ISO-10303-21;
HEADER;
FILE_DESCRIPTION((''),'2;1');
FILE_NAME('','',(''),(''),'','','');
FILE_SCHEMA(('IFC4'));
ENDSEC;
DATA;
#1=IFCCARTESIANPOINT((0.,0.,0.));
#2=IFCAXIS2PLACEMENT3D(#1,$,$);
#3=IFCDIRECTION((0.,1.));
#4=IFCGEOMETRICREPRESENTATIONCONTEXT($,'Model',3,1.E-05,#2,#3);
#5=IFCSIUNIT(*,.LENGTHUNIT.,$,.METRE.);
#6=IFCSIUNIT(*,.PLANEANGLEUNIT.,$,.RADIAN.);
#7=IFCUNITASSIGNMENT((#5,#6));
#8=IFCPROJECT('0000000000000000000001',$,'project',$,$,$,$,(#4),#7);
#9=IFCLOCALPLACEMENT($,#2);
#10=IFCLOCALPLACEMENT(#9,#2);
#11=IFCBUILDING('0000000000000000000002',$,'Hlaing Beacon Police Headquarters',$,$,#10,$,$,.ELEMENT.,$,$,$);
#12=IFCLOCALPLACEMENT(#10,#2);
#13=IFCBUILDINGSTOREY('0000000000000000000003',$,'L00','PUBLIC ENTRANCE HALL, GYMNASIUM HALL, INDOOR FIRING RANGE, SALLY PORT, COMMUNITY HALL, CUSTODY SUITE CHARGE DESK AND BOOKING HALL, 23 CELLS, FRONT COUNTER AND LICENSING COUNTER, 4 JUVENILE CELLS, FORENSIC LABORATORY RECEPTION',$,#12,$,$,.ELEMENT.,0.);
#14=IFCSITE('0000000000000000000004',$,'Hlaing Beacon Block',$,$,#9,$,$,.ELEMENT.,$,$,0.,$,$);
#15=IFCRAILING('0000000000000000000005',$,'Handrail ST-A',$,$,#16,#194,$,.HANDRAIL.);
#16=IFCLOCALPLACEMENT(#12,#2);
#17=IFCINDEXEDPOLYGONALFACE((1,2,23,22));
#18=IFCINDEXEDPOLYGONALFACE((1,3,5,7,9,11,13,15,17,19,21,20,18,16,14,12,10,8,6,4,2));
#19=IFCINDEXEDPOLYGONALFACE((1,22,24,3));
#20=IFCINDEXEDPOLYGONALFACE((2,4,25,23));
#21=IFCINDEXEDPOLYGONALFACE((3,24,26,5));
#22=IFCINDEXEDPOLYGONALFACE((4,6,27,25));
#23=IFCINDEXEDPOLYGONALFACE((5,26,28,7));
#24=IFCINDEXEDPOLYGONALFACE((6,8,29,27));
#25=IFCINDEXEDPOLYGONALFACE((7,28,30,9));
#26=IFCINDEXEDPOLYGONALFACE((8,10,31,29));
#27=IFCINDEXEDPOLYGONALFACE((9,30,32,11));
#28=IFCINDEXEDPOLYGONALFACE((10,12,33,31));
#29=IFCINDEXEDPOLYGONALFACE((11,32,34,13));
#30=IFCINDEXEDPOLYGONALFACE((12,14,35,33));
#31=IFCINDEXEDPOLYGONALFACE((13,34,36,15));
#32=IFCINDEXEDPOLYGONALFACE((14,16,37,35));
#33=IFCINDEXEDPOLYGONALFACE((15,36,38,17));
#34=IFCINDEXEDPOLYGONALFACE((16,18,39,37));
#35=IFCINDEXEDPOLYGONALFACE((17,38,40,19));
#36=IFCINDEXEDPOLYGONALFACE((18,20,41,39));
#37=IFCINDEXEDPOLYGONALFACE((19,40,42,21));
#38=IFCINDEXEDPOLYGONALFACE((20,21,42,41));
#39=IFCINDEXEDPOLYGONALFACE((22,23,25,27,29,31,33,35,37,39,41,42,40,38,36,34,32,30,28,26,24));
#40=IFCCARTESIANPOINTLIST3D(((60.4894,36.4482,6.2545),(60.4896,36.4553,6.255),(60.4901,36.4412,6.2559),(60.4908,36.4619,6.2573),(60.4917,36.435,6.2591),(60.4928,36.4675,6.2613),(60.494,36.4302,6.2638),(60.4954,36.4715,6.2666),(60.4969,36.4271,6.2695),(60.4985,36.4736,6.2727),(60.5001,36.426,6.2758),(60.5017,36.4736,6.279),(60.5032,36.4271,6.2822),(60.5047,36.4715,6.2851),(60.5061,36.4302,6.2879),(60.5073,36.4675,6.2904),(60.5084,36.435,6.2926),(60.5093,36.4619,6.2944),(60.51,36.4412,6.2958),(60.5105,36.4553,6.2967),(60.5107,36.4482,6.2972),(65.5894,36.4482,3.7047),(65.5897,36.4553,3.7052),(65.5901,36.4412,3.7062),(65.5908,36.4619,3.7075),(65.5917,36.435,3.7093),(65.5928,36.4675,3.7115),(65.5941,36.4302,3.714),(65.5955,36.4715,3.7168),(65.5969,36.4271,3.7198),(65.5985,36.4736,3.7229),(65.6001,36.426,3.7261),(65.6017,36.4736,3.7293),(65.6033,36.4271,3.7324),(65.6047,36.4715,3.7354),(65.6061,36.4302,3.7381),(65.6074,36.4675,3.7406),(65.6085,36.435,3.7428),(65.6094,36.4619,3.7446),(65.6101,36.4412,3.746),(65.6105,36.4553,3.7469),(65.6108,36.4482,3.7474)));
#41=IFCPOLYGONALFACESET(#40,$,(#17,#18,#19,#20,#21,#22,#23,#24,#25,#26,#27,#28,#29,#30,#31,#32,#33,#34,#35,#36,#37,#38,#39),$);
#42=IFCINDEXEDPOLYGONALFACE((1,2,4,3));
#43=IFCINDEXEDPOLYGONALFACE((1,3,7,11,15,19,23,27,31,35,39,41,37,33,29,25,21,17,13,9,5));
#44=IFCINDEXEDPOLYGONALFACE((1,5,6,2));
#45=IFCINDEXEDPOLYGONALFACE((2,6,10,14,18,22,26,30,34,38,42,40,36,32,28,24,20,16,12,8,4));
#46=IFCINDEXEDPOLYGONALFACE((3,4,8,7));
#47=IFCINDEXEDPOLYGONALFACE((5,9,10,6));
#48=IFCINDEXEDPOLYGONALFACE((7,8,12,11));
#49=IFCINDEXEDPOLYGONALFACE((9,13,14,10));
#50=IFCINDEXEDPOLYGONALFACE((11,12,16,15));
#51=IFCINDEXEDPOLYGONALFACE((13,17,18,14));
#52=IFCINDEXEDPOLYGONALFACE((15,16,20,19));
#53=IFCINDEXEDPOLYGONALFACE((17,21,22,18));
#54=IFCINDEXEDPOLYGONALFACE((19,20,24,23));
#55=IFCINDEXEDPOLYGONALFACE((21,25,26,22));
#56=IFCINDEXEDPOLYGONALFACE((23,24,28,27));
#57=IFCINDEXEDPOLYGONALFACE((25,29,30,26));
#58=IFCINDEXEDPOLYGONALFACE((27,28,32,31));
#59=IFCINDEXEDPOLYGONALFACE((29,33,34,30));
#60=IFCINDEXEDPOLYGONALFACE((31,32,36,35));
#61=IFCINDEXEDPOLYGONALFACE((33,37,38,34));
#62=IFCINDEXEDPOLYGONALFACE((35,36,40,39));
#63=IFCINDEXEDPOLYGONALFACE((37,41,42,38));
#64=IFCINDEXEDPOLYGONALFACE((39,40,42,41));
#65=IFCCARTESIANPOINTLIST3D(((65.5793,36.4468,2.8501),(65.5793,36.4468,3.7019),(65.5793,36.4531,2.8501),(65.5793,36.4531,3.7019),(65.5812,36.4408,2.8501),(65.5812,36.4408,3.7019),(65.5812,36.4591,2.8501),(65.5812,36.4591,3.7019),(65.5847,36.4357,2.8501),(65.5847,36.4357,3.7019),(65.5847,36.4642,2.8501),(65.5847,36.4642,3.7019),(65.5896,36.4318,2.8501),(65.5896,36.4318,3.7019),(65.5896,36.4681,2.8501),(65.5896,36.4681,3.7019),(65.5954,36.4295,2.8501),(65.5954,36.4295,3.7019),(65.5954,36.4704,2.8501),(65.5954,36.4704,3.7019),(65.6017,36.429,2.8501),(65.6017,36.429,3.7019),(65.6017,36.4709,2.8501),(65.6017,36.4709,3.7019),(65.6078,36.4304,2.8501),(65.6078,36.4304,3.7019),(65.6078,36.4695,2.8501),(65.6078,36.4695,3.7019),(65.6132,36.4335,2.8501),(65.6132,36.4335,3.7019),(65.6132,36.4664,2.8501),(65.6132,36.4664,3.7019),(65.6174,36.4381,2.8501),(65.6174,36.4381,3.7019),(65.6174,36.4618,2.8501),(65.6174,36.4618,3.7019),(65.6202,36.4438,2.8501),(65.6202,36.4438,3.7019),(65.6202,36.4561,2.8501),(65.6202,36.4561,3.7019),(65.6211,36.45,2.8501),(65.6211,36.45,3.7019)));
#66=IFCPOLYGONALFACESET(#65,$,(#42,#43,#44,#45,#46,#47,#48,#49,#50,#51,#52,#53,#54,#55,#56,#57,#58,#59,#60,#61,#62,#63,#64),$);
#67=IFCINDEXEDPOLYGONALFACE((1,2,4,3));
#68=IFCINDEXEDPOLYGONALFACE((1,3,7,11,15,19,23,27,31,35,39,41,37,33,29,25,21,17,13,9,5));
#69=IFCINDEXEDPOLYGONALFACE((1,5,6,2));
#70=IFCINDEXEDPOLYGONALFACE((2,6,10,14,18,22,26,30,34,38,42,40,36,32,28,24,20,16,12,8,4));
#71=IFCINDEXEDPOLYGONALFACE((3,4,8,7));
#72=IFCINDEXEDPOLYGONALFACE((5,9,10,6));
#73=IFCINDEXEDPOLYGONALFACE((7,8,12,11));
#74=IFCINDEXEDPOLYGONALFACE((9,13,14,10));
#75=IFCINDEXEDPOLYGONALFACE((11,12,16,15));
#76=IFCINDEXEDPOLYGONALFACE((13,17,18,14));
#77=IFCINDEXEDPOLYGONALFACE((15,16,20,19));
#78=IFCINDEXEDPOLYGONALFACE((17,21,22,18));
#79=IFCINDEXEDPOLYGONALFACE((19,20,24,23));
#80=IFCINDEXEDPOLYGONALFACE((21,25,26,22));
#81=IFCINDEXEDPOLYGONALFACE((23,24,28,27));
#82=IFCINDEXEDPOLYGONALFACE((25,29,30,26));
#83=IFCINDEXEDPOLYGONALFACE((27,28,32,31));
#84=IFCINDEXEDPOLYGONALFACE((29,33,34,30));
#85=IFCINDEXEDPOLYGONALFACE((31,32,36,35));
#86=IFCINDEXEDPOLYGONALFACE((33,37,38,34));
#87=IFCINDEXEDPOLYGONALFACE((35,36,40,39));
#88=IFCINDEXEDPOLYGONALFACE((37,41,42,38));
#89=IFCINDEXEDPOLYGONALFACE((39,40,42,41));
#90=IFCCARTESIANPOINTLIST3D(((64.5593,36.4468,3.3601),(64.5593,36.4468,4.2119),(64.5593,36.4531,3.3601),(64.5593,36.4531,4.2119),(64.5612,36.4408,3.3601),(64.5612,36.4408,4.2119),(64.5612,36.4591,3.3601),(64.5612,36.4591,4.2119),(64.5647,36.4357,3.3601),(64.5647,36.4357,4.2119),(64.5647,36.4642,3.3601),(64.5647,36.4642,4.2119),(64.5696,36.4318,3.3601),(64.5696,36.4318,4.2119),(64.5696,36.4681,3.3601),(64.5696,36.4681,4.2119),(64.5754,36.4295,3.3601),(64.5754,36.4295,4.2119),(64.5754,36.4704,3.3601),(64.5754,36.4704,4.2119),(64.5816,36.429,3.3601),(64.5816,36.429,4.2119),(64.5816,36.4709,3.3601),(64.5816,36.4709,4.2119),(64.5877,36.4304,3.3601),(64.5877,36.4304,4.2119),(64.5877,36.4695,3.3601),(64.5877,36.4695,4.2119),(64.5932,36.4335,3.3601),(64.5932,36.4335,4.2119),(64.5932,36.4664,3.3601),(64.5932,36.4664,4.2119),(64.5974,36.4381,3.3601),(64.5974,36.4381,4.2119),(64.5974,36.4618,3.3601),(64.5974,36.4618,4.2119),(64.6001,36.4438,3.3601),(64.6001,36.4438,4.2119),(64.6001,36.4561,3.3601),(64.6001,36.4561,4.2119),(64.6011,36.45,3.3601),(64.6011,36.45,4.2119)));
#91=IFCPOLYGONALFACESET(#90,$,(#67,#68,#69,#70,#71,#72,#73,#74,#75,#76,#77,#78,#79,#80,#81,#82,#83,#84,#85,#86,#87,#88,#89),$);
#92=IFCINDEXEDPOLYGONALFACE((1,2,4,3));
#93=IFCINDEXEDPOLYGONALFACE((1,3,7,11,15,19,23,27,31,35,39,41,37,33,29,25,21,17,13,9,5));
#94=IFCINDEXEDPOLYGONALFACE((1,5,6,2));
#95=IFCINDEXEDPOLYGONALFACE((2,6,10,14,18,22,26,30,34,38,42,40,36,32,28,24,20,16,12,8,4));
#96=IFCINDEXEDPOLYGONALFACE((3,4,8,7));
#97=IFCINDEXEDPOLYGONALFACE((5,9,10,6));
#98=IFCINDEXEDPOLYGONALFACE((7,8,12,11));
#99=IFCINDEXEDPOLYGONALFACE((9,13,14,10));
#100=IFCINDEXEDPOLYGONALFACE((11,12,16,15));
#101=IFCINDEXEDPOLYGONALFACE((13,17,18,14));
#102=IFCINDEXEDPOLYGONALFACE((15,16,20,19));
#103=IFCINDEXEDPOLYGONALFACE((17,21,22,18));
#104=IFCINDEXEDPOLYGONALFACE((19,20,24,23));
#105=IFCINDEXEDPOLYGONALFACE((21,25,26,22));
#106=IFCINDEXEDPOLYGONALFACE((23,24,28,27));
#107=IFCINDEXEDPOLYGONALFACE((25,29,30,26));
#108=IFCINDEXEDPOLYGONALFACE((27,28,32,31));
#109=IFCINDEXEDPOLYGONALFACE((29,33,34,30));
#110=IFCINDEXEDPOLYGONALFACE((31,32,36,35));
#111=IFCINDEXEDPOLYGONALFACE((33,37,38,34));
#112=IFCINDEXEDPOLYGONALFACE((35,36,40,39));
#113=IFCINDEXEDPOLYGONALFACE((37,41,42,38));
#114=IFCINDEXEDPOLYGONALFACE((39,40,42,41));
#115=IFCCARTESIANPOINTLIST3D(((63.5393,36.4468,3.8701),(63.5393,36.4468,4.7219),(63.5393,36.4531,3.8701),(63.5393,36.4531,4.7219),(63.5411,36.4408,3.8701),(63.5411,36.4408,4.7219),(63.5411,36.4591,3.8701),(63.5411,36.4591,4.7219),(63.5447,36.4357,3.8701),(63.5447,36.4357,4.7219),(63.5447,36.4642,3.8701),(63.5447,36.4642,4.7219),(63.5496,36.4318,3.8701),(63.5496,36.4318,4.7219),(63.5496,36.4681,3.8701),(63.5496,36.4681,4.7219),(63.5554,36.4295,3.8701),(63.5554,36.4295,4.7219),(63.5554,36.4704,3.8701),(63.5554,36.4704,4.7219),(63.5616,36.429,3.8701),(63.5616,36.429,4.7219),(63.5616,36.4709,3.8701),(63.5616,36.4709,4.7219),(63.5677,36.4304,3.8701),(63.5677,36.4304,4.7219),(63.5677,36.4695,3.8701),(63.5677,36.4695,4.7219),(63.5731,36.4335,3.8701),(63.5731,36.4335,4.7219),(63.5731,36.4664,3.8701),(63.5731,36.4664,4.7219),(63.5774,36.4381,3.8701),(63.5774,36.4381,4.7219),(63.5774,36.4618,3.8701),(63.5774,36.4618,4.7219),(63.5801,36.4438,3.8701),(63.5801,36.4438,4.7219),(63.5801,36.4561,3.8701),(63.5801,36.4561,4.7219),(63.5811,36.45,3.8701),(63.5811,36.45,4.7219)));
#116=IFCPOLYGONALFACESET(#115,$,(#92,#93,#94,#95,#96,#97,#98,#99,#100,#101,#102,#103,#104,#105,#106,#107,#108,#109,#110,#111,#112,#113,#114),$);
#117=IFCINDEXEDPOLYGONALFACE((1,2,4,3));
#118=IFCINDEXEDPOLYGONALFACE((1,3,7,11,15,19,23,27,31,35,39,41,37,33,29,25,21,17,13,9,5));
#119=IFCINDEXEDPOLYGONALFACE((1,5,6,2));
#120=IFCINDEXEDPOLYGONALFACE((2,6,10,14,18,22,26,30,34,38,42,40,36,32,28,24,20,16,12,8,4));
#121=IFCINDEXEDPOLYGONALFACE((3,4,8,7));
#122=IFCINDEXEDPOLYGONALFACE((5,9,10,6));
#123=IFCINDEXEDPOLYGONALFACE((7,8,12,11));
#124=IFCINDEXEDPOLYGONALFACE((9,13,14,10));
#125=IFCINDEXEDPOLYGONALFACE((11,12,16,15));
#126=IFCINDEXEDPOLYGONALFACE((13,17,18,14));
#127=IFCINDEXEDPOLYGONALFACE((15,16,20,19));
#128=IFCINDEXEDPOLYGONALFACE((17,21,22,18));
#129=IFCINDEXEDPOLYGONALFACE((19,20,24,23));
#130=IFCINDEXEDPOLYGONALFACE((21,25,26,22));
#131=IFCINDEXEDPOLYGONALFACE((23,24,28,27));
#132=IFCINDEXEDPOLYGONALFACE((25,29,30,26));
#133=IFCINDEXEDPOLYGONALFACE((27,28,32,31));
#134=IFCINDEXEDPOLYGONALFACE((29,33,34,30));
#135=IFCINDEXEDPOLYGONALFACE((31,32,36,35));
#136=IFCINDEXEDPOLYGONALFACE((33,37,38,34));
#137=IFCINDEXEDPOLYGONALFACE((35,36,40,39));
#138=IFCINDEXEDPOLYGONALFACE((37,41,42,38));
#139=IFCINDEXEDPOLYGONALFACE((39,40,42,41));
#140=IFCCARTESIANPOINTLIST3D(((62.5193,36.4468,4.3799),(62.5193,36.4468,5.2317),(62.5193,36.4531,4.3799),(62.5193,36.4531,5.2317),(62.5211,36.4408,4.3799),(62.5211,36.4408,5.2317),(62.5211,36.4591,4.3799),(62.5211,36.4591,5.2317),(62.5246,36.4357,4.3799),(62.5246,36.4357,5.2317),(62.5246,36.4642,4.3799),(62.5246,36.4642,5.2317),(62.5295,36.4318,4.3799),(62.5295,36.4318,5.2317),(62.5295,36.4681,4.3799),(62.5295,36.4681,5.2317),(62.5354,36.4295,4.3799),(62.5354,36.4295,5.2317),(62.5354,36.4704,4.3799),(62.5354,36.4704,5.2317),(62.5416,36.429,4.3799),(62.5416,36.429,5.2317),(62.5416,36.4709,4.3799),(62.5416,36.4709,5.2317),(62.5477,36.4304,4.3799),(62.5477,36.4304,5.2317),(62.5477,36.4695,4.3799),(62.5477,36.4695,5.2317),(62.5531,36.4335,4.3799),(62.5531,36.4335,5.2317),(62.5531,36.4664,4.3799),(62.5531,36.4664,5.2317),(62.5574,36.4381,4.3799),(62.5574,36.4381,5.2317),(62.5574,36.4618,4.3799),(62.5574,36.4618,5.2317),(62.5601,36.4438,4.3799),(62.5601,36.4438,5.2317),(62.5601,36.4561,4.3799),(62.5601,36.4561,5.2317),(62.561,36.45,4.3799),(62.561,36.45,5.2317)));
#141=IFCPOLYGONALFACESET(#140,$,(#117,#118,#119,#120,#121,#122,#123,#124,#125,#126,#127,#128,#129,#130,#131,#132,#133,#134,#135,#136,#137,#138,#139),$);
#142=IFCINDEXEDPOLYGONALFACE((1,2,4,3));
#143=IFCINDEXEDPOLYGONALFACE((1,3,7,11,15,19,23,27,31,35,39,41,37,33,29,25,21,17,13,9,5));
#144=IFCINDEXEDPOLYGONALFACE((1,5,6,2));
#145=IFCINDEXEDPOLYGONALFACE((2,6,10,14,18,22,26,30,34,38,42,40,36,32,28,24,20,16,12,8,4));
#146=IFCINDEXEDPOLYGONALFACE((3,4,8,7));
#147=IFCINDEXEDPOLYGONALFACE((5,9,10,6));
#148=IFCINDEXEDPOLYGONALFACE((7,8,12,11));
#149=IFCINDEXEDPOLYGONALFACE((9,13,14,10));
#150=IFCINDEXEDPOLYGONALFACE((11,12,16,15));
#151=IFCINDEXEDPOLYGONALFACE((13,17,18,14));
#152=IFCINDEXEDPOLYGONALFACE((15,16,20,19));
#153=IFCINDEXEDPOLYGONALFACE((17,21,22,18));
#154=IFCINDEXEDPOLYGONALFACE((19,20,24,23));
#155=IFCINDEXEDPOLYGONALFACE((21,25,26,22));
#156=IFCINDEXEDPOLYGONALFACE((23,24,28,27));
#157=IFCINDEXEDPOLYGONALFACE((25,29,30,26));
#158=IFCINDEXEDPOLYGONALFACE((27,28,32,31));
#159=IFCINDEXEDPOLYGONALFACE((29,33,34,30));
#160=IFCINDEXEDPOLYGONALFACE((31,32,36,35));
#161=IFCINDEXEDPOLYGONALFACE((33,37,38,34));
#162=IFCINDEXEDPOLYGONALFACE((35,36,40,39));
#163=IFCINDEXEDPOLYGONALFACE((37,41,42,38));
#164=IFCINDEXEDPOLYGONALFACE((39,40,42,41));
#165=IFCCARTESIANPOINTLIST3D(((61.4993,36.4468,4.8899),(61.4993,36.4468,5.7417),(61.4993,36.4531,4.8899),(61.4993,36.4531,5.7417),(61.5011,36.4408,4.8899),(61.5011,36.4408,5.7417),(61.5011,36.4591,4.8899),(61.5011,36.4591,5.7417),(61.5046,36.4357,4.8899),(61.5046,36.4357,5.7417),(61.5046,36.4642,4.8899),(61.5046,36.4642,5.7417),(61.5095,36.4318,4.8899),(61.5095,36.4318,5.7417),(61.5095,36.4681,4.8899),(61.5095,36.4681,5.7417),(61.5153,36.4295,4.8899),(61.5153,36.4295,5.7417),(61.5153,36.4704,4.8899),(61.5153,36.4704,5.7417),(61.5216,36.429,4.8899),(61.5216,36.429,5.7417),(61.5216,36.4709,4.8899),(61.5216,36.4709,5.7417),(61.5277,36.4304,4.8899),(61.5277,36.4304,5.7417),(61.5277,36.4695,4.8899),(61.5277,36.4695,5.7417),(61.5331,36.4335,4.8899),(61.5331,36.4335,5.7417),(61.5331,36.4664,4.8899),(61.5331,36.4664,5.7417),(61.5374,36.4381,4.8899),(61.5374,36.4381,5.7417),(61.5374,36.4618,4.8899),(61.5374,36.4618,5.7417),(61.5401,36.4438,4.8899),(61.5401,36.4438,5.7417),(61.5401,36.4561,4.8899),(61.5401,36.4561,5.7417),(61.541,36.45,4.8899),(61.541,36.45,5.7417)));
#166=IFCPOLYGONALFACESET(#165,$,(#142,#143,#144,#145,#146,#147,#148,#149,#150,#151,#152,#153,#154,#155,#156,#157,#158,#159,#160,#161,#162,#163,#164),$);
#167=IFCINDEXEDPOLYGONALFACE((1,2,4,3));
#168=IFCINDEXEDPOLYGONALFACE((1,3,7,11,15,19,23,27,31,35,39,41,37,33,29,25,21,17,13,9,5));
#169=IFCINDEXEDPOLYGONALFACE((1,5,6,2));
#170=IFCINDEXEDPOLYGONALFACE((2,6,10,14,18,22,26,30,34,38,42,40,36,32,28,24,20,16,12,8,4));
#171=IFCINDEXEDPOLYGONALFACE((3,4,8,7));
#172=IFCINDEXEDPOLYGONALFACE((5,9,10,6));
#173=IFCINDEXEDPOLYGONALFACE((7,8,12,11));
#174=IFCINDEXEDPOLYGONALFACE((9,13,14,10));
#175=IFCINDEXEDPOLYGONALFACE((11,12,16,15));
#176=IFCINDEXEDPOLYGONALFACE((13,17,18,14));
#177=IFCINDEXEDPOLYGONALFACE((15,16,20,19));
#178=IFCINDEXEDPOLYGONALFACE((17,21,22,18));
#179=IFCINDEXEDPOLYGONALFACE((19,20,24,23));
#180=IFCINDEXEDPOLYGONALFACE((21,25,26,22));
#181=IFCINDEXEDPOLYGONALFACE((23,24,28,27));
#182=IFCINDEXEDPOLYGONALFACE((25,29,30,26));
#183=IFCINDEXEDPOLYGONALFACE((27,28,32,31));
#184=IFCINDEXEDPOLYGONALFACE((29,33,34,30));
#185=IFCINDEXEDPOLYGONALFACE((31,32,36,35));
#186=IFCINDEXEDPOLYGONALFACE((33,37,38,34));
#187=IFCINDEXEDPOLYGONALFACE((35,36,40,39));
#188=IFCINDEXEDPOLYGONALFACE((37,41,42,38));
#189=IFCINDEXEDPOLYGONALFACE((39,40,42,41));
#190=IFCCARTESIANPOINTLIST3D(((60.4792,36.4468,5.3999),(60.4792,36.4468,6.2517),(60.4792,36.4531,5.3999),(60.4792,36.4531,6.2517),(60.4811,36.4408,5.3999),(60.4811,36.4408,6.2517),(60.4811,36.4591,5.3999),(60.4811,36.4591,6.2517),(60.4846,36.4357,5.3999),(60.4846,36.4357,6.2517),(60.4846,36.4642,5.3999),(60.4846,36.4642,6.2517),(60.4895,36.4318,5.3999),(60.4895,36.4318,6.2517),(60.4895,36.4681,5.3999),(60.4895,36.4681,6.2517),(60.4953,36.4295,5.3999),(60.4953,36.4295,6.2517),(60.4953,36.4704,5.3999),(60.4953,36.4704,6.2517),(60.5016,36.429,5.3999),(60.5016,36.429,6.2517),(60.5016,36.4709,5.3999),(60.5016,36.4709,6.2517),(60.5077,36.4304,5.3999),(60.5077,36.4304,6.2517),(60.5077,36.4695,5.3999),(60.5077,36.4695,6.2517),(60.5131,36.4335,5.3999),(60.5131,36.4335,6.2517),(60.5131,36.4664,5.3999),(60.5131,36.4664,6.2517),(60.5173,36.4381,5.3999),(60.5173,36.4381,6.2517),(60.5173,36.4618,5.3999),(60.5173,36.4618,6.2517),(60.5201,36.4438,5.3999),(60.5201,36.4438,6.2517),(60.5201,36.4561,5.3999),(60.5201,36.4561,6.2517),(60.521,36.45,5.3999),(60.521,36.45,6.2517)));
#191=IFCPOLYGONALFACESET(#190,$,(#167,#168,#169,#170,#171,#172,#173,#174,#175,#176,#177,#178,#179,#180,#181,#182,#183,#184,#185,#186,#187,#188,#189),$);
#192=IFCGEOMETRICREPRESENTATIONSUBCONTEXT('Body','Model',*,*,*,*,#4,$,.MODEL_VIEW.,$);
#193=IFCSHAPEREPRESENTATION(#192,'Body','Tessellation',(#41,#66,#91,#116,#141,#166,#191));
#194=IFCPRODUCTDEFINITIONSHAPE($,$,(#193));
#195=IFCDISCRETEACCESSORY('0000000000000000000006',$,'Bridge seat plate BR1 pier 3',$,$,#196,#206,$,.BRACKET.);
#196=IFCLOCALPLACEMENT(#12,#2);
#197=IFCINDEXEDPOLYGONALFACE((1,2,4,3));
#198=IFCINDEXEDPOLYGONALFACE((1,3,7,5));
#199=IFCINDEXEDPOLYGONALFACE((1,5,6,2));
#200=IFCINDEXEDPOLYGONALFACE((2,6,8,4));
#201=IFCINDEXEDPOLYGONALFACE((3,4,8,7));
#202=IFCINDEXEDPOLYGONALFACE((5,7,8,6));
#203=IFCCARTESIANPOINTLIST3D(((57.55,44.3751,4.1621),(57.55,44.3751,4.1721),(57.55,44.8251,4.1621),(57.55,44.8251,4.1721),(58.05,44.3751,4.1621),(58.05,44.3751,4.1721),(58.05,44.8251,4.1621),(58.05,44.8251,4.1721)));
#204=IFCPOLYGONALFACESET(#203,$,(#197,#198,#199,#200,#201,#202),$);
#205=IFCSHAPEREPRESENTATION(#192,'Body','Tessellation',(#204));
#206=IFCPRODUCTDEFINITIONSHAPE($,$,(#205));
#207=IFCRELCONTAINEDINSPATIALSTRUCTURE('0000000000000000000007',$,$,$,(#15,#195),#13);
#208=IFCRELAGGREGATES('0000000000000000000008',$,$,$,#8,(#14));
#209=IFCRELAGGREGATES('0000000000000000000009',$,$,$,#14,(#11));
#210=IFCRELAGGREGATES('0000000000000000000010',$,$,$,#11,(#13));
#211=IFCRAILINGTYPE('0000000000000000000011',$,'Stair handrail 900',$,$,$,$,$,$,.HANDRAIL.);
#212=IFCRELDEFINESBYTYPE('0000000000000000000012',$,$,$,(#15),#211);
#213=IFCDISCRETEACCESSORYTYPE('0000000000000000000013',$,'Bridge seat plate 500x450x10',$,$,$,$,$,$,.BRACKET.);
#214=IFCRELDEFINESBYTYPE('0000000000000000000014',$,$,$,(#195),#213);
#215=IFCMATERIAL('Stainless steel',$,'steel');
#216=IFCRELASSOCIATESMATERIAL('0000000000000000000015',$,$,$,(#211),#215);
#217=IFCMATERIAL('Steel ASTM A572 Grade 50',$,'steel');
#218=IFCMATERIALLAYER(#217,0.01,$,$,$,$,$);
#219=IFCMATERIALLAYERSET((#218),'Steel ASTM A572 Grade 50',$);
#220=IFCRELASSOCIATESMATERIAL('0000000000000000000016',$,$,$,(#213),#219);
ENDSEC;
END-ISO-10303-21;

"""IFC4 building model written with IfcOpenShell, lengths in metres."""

from ifc_helpers import new_model, si_unit, direction, frame, origin, origin_2d, place, context, subcontext, project, spatial, rectangle, circle, extrude, material, layer, layer_set, type_object, element, save


model = new_model("IFC4")

# Units and contexts
model_context = context("Model", 3, precision=1e-05, world=origin(), true_north=direction((0.0, 1.0)))
body_context = subcontext(model_context, "Body", "Model", "MODEL_VIEW")
ifc_project = project(units=[si_unit("LENGTHUNIT", "METRE"), si_unit("PLANEANGLEUNIT", "RADIAN")], contexts=[model_context])

# Site, building, storey
site_placement = place(None, origin())
site = spatial("IfcSite", under=ifc_project, at=site_placement, Name="Hlaing Beacon Block", CompositionType="ELEMENT", RefElevation=0.0)
building_placement = place(site_placement, origin())
building = spatial("IfcBuilding", under=site, at=building_placement, Name="Hlaing Beacon Police Headquarters", CompositionType="ELEMENT")
storey_placement = place(building_placement, origin())
storey = spatial("IfcBuildingStorey", under=building, at=storey_placement, Name="L00", Description="PUBLIC ENTRANCE HALL, GYMNASIUM HALL, INDOOR FIRING RANGE, SALLY PORT, COMMUNITY HALL, CUSTODY SUITE CHARGE DESK AND BOOKING HALL, 23 CELLS, FRONT COUNTER AND LICENSING COUNTER, 4 JUVENILE CELLS, FORENSIC LABORATORY RECEPTION", CompositionType="ELEMENT", Elevation=0.0)

# Railing
ifc_material_1 = material(Name="Stainless steel", Category="steel")
railing_type = type_object("IfcRailingType", Name="Stair handrail 900", PredefinedType="HANDRAIL", material=ifc_material_1)
for number, where, name in (
    (1, (65.6001, 36.45, 2.8501), "Handrail ST-A"),
):
    element("IfcRailing", number, at=place(storey_placement, frame(where)), inside=storey, type_object=railing_type, Name=name, PredefinedType="HANDRAIL", context=body_context, shape_type="SweptSolid", body=[
        extrude(circle(Radius=0.0239, at=origin_2d()), frame((0.0, 0.0, 0.876), z_axis=(-0.894444, 0.0, 0.447179), x_axis=(0.0, -1.0, 0.0)), (0.0, 0.0, 1.0), 5.7019),
        extrude(circle(Radius=0.021, at=origin_2d()), origin(), (0.0, 0.0, 1.0), 0.8518),
        extrude(circle(Radius=0.021, at=origin_2d()), frame((-1.02, 0.0, 0.51)), (0.0, 0.0, 1.0), 0.8518),
        extrude(circle(Radius=0.021, at=origin_2d()), frame((-2.04, 0.0, 1.02)), (0.0, 0.0, 1.0), 0.8518),
        extrude(circle(Radius=0.021, at=origin_2d()), frame((-3.0601, 0.0, 1.5298)), (0.0, 0.0, 1.0), 0.8518),
        extrude(circle(Radius=0.021, at=origin_2d()), frame((-4.0801, 0.0, 2.0398)), (0.0, 0.0, 1.0), 0.8518),
        extrude(circle(Radius=0.021, at=origin_2d()), frame((-5.1001, 0.0, 2.5498)), (0.0, 0.0, 1.0), 0.8518),
    ])

# Discrete accessory
ifc_material_2 = material(Name="Steel ASTM A572 Grade 50", Category="steel")
ifc_layer_1 = layer(ifc_material_2, 0.01)
ifc_layer_set_1 = layer_set([ifc_layer_1], Name="Steel ASTM A572 Grade 50")
discrete_accessory_type = type_object("IfcDiscreteAccessoryType", Name="Bridge seat plate 500x450x10", PredefinedType="BRACKET", material=ifc_layer_set_1)
discrete_accessory_placement = place(storey_placement, frame((57.8, 44.6001, 4.1621), z_axis=(0.0, 0.0, 1.0), x_axis=(1.0, 0.0, 0.0)))
element("IfcDiscreteAccessory", 2, at=discrete_accessory_placement, inside=storey, type_object=discrete_accessory_type, Name="Bridge seat plate BR1 pier 3", PredefinedType="BRACKET", context=body_context, shape_type="SweptSolid", body=[
    extrude(rectangle(XDim=0.5, YDim=0.45, at=origin_2d()), origin(), (0.0, 0.0, 1.0), 0.01),
])

save(model, "model.ifc")
